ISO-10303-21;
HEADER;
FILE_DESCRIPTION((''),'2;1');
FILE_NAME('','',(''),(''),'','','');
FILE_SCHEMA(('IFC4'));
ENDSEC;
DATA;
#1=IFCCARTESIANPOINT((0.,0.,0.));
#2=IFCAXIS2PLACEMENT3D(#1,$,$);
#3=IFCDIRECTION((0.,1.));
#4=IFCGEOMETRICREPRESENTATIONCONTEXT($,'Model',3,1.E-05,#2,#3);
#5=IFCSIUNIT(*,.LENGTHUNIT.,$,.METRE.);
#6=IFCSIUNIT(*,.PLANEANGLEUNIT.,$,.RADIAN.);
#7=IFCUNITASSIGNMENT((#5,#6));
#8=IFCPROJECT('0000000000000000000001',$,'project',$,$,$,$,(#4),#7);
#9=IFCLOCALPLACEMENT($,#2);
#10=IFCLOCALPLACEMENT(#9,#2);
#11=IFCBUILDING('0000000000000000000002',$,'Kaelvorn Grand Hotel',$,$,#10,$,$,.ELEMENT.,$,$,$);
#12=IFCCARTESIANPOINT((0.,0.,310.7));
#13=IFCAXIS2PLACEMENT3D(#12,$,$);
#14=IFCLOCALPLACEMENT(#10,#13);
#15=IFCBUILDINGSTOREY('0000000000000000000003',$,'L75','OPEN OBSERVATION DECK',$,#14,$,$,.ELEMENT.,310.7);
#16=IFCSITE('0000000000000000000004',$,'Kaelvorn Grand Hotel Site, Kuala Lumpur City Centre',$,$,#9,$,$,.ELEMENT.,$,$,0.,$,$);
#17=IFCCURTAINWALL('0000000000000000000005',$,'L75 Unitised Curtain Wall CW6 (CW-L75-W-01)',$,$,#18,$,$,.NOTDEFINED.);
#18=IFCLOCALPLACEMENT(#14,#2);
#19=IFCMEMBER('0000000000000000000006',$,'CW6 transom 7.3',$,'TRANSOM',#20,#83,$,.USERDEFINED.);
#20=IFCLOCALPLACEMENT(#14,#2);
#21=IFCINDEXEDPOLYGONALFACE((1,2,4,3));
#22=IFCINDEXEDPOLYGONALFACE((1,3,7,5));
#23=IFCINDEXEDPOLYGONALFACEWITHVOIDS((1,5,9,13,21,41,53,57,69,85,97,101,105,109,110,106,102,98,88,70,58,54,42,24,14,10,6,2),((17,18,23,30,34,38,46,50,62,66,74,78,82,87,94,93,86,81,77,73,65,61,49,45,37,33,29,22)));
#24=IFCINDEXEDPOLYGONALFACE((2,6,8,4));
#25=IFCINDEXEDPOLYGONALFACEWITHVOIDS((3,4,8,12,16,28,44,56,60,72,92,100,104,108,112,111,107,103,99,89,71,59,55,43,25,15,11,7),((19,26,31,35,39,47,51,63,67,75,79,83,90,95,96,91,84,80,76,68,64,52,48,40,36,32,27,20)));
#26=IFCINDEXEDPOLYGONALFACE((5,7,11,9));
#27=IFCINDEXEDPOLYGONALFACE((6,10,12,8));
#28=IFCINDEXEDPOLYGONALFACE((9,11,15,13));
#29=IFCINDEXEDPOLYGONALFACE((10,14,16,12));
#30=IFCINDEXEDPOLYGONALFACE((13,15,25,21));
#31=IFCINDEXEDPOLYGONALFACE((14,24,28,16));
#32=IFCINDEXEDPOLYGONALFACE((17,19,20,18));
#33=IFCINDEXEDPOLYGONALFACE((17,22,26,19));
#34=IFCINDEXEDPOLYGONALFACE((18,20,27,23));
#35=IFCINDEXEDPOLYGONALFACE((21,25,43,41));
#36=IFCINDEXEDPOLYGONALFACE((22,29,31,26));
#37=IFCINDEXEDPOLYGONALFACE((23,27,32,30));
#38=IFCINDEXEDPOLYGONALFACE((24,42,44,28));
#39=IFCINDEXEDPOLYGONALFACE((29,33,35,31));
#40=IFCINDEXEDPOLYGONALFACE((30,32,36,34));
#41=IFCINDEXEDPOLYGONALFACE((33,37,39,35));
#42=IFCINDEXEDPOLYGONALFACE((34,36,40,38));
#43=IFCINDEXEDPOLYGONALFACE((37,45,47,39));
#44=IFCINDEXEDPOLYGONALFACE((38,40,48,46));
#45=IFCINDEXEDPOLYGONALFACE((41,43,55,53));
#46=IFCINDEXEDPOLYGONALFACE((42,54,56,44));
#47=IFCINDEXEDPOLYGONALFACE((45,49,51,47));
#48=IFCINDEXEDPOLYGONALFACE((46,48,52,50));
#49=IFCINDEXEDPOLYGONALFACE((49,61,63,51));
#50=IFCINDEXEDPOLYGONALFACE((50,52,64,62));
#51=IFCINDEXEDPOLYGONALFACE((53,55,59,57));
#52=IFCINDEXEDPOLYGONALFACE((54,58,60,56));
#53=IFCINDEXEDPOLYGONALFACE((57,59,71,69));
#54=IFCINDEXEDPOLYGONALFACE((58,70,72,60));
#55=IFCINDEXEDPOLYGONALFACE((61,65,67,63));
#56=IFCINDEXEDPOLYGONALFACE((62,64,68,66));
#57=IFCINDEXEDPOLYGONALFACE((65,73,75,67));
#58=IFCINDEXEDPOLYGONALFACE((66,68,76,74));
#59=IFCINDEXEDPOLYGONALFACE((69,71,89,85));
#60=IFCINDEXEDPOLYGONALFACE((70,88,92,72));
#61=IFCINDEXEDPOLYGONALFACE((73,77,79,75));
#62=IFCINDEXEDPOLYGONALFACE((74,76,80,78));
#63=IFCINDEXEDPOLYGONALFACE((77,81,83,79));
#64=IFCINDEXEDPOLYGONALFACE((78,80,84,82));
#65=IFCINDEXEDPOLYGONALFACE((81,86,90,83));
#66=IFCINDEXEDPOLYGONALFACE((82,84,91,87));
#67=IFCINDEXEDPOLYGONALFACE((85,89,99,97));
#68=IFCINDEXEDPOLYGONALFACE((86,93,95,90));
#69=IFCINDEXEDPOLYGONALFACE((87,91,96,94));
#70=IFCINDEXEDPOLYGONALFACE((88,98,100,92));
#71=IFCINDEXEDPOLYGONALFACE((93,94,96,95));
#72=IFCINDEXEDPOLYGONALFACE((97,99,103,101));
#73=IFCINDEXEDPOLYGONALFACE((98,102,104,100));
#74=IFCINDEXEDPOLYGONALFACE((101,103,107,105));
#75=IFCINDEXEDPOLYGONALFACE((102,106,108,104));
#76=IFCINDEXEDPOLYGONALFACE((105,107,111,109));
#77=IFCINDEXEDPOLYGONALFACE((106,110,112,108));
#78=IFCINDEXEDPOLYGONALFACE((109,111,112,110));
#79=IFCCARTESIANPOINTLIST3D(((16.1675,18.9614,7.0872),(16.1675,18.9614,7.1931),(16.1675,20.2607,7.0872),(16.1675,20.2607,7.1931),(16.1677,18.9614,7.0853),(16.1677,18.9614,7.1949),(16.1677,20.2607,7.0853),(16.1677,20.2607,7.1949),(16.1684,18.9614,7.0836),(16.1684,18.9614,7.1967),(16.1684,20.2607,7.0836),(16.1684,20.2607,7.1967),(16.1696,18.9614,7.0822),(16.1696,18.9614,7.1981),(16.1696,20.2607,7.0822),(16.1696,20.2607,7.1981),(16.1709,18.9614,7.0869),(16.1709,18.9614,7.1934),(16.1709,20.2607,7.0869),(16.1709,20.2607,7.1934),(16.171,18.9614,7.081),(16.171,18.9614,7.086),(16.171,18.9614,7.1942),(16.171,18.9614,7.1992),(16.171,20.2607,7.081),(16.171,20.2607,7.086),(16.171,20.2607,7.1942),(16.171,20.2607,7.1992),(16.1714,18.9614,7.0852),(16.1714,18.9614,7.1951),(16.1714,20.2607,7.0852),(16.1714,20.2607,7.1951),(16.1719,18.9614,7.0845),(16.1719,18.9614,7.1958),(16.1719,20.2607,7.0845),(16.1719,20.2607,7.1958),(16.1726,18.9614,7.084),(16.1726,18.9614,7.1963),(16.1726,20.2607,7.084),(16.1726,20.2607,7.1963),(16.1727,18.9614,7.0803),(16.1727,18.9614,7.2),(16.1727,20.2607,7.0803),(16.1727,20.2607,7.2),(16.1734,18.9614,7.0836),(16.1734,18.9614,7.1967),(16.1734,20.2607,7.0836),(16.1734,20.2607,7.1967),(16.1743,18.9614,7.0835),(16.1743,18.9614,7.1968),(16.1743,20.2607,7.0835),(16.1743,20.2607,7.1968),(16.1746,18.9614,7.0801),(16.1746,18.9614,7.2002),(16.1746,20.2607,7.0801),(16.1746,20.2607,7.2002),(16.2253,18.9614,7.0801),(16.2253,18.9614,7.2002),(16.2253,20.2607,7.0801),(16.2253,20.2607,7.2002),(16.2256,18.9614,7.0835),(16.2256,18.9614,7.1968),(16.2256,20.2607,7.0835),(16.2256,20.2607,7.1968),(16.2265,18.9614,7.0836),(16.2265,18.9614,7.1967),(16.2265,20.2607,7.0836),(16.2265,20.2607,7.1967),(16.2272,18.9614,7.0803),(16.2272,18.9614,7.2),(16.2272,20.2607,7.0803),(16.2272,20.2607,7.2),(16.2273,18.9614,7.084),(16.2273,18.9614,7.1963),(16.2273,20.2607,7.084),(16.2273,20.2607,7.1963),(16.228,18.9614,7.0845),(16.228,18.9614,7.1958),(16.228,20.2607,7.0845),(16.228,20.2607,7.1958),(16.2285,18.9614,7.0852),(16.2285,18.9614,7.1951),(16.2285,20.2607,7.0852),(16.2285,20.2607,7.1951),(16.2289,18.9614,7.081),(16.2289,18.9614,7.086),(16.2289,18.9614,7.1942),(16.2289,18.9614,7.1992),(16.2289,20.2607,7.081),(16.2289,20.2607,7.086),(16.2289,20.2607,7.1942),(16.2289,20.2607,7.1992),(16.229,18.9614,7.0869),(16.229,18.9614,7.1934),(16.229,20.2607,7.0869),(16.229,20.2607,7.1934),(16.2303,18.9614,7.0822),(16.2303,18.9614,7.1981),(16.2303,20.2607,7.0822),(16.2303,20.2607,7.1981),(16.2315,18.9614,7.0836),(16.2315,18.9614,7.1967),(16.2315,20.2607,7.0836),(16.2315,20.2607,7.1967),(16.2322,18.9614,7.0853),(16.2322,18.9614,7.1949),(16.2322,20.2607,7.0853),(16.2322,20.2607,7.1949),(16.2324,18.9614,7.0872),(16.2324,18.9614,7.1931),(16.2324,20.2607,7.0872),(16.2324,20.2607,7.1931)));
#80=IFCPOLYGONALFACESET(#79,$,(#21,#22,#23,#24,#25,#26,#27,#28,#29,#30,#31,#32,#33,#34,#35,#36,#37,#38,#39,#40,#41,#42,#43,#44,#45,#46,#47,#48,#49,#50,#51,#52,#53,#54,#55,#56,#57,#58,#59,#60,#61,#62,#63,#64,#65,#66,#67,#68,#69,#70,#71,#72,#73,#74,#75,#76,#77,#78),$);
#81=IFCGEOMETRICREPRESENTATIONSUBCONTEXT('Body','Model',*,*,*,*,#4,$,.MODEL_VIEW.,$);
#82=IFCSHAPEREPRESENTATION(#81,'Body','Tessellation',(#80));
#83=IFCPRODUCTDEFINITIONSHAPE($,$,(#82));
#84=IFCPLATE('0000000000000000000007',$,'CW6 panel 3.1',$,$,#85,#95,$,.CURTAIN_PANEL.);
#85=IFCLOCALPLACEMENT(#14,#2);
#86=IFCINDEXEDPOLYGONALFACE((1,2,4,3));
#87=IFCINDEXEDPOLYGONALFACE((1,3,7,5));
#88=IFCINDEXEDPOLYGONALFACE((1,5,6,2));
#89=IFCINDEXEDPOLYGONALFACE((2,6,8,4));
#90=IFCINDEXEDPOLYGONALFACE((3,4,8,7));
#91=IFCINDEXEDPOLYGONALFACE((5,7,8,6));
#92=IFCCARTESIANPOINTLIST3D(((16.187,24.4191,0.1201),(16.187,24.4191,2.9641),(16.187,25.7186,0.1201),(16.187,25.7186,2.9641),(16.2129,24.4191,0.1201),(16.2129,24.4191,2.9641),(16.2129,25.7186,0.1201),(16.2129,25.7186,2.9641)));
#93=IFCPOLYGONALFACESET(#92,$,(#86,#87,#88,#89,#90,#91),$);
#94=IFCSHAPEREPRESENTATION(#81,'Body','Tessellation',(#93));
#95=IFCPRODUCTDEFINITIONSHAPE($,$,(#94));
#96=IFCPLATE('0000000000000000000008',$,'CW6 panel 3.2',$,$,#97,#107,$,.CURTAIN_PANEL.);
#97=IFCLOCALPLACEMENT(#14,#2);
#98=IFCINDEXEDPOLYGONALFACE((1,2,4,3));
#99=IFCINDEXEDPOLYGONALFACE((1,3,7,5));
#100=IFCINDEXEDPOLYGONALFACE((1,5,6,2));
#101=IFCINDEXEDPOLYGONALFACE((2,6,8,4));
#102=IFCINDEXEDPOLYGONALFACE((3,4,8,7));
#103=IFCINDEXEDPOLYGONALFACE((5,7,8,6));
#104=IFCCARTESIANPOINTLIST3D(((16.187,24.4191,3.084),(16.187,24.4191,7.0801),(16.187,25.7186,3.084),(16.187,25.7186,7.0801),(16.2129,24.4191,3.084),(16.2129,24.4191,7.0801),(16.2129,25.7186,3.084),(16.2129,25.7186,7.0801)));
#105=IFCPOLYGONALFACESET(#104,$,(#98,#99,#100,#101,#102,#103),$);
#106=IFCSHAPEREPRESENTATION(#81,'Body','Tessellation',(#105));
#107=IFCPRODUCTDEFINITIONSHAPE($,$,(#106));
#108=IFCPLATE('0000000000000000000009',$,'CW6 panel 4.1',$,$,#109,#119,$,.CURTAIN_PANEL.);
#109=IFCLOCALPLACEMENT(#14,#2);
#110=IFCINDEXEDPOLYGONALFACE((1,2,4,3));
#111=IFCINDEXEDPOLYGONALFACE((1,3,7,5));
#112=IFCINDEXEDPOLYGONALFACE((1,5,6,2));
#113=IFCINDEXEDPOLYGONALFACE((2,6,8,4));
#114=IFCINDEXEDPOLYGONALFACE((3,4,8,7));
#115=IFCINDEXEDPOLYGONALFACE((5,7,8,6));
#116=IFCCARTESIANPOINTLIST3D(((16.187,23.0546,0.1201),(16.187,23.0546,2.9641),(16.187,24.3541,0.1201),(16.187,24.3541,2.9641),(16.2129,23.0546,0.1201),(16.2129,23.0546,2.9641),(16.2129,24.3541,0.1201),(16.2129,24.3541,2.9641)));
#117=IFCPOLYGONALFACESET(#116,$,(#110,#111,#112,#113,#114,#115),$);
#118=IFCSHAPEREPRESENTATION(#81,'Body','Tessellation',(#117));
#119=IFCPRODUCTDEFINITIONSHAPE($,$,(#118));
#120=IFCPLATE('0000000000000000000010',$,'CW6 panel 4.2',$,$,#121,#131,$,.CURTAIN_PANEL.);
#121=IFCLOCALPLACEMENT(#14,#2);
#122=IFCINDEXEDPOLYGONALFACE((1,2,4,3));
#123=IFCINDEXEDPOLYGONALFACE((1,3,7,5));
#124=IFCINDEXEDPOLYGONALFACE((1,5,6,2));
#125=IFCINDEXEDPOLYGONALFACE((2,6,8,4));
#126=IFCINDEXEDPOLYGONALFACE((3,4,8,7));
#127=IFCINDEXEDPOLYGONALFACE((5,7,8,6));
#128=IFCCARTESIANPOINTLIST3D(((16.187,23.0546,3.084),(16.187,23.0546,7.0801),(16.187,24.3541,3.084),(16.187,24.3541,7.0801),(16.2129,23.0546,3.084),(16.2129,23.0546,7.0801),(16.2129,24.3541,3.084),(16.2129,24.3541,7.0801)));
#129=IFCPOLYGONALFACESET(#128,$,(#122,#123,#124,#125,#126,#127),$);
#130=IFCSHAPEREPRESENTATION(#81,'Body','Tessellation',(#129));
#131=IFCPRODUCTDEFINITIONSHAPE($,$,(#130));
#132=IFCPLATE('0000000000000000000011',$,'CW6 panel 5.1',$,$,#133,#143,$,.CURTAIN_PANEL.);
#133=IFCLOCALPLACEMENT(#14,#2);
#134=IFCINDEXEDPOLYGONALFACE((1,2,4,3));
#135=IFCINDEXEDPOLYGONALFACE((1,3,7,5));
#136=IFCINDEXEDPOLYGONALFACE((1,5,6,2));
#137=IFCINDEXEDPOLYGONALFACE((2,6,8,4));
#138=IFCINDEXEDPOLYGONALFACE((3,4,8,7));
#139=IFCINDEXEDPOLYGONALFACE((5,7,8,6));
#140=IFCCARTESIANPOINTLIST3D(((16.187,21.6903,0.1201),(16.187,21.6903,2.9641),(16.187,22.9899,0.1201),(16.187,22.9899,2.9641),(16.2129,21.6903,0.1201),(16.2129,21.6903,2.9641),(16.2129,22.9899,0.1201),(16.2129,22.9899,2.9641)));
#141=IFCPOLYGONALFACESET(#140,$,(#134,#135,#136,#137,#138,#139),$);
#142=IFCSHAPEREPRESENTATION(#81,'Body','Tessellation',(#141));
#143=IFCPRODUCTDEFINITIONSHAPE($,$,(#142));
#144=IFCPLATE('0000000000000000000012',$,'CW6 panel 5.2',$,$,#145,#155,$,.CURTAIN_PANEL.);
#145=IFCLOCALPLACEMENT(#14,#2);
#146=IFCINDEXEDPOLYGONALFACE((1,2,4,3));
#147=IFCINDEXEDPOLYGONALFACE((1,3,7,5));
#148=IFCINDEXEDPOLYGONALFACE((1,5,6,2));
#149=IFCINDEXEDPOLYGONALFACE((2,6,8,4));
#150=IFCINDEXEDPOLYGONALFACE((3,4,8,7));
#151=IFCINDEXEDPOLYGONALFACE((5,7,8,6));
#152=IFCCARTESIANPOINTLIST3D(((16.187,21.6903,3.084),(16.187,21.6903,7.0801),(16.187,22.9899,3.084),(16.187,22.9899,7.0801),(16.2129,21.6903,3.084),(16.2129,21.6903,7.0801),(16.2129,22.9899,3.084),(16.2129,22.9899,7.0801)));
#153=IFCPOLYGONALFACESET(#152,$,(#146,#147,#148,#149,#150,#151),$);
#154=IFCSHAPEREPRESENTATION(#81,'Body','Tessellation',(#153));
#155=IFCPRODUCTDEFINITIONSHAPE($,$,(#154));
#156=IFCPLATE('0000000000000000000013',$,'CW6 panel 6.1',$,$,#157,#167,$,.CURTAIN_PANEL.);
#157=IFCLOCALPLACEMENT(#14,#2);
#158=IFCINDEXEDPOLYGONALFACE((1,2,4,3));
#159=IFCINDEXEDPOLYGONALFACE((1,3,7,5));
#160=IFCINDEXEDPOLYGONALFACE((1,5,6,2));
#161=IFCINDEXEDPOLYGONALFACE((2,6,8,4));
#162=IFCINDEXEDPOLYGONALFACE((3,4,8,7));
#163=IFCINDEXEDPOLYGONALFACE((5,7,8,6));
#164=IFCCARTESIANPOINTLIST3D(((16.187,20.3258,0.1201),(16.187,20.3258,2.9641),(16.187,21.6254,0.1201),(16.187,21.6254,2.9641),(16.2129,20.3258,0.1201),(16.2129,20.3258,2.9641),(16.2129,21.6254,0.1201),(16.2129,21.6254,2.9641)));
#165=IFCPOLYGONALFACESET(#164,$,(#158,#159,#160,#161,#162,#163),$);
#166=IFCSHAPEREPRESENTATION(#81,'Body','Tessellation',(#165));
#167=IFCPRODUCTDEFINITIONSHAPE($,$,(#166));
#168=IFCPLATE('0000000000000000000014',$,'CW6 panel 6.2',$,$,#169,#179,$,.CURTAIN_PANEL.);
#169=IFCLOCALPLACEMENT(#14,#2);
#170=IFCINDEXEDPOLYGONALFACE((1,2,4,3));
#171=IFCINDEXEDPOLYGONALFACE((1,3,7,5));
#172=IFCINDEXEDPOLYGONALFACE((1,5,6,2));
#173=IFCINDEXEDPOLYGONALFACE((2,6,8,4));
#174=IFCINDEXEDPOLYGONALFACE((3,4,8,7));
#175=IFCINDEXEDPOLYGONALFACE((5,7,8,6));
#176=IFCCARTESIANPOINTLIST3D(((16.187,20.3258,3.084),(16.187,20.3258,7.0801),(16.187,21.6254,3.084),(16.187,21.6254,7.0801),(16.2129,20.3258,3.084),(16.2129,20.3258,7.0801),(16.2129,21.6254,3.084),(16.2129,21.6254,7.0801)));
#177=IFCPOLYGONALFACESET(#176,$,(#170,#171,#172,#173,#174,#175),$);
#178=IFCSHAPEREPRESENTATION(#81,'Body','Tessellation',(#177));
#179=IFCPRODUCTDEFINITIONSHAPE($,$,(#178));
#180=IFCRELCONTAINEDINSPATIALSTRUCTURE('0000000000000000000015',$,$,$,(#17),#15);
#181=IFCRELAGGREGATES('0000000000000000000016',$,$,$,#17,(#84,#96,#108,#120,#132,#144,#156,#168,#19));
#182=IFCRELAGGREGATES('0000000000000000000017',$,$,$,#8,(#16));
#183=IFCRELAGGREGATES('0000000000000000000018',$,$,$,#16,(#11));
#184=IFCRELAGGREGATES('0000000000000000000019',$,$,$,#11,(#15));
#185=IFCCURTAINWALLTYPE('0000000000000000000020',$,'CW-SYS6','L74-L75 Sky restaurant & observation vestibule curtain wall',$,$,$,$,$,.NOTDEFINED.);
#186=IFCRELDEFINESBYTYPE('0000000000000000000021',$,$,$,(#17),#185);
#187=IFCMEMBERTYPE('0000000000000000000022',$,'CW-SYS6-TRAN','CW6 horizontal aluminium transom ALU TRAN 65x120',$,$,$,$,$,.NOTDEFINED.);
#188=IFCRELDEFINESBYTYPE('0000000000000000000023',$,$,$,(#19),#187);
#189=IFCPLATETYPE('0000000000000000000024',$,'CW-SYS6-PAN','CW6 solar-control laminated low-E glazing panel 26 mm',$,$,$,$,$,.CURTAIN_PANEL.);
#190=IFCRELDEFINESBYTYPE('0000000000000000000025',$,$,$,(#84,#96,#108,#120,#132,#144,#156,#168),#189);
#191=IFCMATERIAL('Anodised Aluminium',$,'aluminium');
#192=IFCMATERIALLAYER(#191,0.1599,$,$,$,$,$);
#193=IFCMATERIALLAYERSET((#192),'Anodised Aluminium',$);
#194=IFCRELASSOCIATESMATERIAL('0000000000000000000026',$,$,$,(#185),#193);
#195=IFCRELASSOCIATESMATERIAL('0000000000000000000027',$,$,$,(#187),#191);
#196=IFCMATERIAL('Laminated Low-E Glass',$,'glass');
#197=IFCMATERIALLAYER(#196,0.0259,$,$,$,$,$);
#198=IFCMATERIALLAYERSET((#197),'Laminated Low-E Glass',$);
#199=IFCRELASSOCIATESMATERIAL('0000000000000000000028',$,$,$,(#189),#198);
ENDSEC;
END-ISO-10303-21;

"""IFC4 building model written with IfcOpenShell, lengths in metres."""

from ifc_helpers import new_model, si_unit, direction, frame, origin, origin_2d, place, context, subcontext, project, spatial, rectangle, hollow_rectangle, extrude, material, layer, layer_set, material_profile, profile_set, type_object, element, aggregate, save


model = new_model("IFC4")

# Units and contexts
model_context = context("Model", 3, precision=1e-05, world=origin(), true_north=direction((0.0, 1.0)))
body_context = subcontext(model_context, "Body", "Model", "MODEL_VIEW")
ifc_project = project(units=[si_unit("LENGTHUNIT", "METRE"), si_unit("PLANEANGLEUNIT", "RADIAN")], contexts=[model_context])

# Site, building, storey
site_placement = place(None, origin())
site = spatial("IfcSite", under=ifc_project, at=site_placement, Name="Kaelvorn Grand Hotel Site, Kuala Lumpur City Centre", CompositionType="ELEMENT", RefElevation=0.0)
building_placement = place(site_placement, origin())
building = spatial("IfcBuilding", under=site, at=building_placement, Name="Kaelvorn Grand Hotel", CompositionType="ELEMENT")
storey_placement = place(building_placement, frame((0.0, 0.0, 310.7)))
storey = spatial("IfcBuildingStorey", under=building, at=storey_placement, Name="L75", Description="OPEN OBSERVATION DECK", CompositionType="ELEMENT", Elevation=310.7)

# Curtain wall, member, plates
ifc_material_1 = material(Name="Anodised Aluminium", Category="aluminium")
ifc_layer_1 = layer(ifc_material_1, 0.1599)
ifc_layer_set_1 = layer_set([ifc_layer_1], Name="Anodised Aluminium")
curtain_wall_type = type_object("IfcCurtainWallType", Name="CW-SYS6", Description="L74-L75 Sky restaurant & observation vestibule curtain wall", PredefinedType="NOTDEFINED", material=ifc_layer_set_1)
curtain_wall_placement = place(storey_placement, origin())
curtain_wall = element("IfcCurtainWall", 1, at=curtain_wall_placement, inside=storey, type_object=curtain_wall_type, Name="L75 Unitised Curtain Wall CW6 (CW-L75-W-01)", PredefinedType="NOTDEFINED")
ifc_material_profile_1 = material_profile(ifc_material_1, hollow_rectangle(XDim=0.0649, YDim=0.1201, WallThickness=0.0034, InnerFilletRadius=0.0034, OuterFilletRadius=0.0071, at=origin_2d()), Name="ALU TRAN 65x120")
ifc_profile_set_1 = profile_set([ifc_material_profile_1], Name="Anodised Aluminium")
member_type_1 = type_object("IfcMemberType", Name="CW-SYS6-TRAN", Description="CW6 horizontal aluminium transom ALU TRAN 65x120", PredefinedType="NOTDEFINED", material=ifc_profile_set_1)
member_1_placement = place(storey_placement, frame((16.2, 20.2607, 7.1401), z_axis=(0.0, -1.0, 0.0), x_axis=(1.0, 0.0, 0.0)))
member_1 = element("IfcMember", 2, at=member_1_placement, type_object=member_type_1, Name="CW6 transom 7.3", ObjectType="TRANSOM", PredefinedType="USERDEFINED", context=body_context, shape_type="SweptSolid", body=[
    extrude(hollow_rectangle(XDim=0.0649, YDim=0.1201, WallThickness=0.0034, InnerFilletRadius=0.0034, OuterFilletRadius=0.0071, at=origin_2d()), origin(), (0.0, 0.0, 1.0), 1.2993),
])
ifc_material_2 = material(Name="Laminated Low-E Glass", Category="glass")
ifc_layer_2 = layer(ifc_material_2, 0.0259)
ifc_layer_set_2 = layer_set([ifc_layer_2], Name="Laminated Low-E Glass")
plate_type = type_object("IfcPlateType", Name="CW-SYS6-PAN", Description="CW6 solar-control laminated low-E glazing panel 26 mm", PredefinedType="CURTAIN_PANEL", material=ifc_layer_set_2)
plate_1_placement = place(storey_placement, frame((16.2, 25.0688, 0.1201), z_axis=(0.0, 0.0, 1.0), x_axis=(0.0, -1.0, 0.0)))
plate_1 = element("IfcPlate", 3, at=plate_1_placement, type_object=plate_type, Name="CW6 panel 3.1", PredefinedType="CURTAIN_PANEL", context=body_context, shape_type="SweptSolid", body=[
    extrude(rectangle(XDim=1.2996, YDim=0.0259, at=origin_2d()), origin(), (0.0, 0.0, 1.0), 2.844),
])
plate_2_placement = place(storey_placement, frame((16.2, 25.0688, 3.084), z_axis=(0.0, 0.0, 1.0), x_axis=(0.0, -1.0, 0.0)))
plate_2 = element("IfcPlate", 4, at=plate_2_placement, type_object=plate_type, Name="CW6 panel 3.2", PredefinedType="CURTAIN_PANEL", context=body_context, shape_type="SweptSolid", body=[
    extrude(rectangle(XDim=1.2996, YDim=0.0259, at=origin_2d()), origin(), (0.0, 0.0, 1.0), 3.9961),
])
plate_3_placement = place(storey_placement, frame((16.2, 23.7043, 0.1201), z_axis=(0.0, 0.0, 1.0), x_axis=(0.0, -1.0, 0.0)))
plate_3 = element("IfcPlate", 5, at=plate_3_placement, type_object=plate_type, Name="CW6 panel 4.1", PredefinedType="CURTAIN_PANEL", context=body_context, shape_type="SweptSolid", body=[
    extrude(rectangle(XDim=1.2996, YDim=0.0259, at=origin_2d()), origin(), (0.0, 0.0, 1.0), 2.844),
])
plate_4_placement = place(storey_placement, frame((16.2, 23.7043, 3.084), z_axis=(0.0, 0.0, 1.0), x_axis=(0.0, -1.0, 0.0)))
plate_4 = element("IfcPlate", 6, at=plate_4_placement, type_object=plate_type, Name="CW6 panel 4.2", PredefinedType="CURTAIN_PANEL", context=body_context, shape_type="SweptSolid", body=[
    extrude(rectangle(XDim=1.2996, YDim=0.0259, at=origin_2d()), origin(), (0.0, 0.0, 1.0), 3.9961),
])
plate_5_placement = place(storey_placement, frame((16.2, 22.3401, 0.1201), z_axis=(0.0, 0.0, 1.0), x_axis=(0.0, -1.0, 0.0)))
plate_5 = element("IfcPlate", 7, at=plate_5_placement, type_object=plate_type, Name="CW6 panel 5.1", PredefinedType="CURTAIN_PANEL", context=body_context, shape_type="SweptSolid", body=[
    extrude(rectangle(XDim=1.2996, YDim=0.0259, at=origin_2d()), origin(), (0.0, 0.0, 1.0), 2.844),
])
plate_6_placement = place(storey_placement, frame((16.2, 22.3401, 3.084), z_axis=(0.0, 0.0, 1.0), x_axis=(0.0, -1.0, 0.0)))
plate_6 = element("IfcPlate", 8, at=plate_6_placement, type_object=plate_type, Name="CW6 panel 5.2", PredefinedType="CURTAIN_PANEL", context=body_context, shape_type="SweptSolid", body=[
    extrude(rectangle(XDim=1.2996, YDim=0.0259, at=origin_2d()), origin(), (0.0, 0.0, 1.0), 3.9961),
])
plate_7_placement = place(storey_placement, frame((16.2, 20.9756, 0.1201), z_axis=(0.0, 0.0, 1.0), x_axis=(0.0, -1.0, 0.0)))
plate_7 = element("IfcPlate", 9, at=plate_7_placement, type_object=plate_type, Name="CW6 panel 6.1", PredefinedType="CURTAIN_PANEL", context=body_context, shape_type="SweptSolid", body=[
    extrude(rectangle(XDim=1.2996, YDim=0.0259, at=origin_2d()), origin(), (0.0, 0.0, 1.0), 2.844),
])
plate_8_placement = place(storey_placement, frame((16.2, 20.9756, 3.084), z_axis=(0.0, 0.0, 1.0), x_axis=(0.0, -1.0, 0.0)))
plate_8 = element("IfcPlate", 10, at=plate_8_placement, type_object=plate_type, Name="CW6 panel 6.2", PredefinedType="CURTAIN_PANEL", context=body_context, shape_type="SweptSolid", body=[
    extrude(rectangle(XDim=1.2996, YDim=0.0259, at=origin_2d()), origin(), (0.0, 0.0, 1.0), 3.9961),
])
aggregate(curtain_wall, [plate_1, plate_2, plate_3, plate_4, plate_5, plate_6, plate_7, plate_8, member_1])

save(model, "model.ifc")
